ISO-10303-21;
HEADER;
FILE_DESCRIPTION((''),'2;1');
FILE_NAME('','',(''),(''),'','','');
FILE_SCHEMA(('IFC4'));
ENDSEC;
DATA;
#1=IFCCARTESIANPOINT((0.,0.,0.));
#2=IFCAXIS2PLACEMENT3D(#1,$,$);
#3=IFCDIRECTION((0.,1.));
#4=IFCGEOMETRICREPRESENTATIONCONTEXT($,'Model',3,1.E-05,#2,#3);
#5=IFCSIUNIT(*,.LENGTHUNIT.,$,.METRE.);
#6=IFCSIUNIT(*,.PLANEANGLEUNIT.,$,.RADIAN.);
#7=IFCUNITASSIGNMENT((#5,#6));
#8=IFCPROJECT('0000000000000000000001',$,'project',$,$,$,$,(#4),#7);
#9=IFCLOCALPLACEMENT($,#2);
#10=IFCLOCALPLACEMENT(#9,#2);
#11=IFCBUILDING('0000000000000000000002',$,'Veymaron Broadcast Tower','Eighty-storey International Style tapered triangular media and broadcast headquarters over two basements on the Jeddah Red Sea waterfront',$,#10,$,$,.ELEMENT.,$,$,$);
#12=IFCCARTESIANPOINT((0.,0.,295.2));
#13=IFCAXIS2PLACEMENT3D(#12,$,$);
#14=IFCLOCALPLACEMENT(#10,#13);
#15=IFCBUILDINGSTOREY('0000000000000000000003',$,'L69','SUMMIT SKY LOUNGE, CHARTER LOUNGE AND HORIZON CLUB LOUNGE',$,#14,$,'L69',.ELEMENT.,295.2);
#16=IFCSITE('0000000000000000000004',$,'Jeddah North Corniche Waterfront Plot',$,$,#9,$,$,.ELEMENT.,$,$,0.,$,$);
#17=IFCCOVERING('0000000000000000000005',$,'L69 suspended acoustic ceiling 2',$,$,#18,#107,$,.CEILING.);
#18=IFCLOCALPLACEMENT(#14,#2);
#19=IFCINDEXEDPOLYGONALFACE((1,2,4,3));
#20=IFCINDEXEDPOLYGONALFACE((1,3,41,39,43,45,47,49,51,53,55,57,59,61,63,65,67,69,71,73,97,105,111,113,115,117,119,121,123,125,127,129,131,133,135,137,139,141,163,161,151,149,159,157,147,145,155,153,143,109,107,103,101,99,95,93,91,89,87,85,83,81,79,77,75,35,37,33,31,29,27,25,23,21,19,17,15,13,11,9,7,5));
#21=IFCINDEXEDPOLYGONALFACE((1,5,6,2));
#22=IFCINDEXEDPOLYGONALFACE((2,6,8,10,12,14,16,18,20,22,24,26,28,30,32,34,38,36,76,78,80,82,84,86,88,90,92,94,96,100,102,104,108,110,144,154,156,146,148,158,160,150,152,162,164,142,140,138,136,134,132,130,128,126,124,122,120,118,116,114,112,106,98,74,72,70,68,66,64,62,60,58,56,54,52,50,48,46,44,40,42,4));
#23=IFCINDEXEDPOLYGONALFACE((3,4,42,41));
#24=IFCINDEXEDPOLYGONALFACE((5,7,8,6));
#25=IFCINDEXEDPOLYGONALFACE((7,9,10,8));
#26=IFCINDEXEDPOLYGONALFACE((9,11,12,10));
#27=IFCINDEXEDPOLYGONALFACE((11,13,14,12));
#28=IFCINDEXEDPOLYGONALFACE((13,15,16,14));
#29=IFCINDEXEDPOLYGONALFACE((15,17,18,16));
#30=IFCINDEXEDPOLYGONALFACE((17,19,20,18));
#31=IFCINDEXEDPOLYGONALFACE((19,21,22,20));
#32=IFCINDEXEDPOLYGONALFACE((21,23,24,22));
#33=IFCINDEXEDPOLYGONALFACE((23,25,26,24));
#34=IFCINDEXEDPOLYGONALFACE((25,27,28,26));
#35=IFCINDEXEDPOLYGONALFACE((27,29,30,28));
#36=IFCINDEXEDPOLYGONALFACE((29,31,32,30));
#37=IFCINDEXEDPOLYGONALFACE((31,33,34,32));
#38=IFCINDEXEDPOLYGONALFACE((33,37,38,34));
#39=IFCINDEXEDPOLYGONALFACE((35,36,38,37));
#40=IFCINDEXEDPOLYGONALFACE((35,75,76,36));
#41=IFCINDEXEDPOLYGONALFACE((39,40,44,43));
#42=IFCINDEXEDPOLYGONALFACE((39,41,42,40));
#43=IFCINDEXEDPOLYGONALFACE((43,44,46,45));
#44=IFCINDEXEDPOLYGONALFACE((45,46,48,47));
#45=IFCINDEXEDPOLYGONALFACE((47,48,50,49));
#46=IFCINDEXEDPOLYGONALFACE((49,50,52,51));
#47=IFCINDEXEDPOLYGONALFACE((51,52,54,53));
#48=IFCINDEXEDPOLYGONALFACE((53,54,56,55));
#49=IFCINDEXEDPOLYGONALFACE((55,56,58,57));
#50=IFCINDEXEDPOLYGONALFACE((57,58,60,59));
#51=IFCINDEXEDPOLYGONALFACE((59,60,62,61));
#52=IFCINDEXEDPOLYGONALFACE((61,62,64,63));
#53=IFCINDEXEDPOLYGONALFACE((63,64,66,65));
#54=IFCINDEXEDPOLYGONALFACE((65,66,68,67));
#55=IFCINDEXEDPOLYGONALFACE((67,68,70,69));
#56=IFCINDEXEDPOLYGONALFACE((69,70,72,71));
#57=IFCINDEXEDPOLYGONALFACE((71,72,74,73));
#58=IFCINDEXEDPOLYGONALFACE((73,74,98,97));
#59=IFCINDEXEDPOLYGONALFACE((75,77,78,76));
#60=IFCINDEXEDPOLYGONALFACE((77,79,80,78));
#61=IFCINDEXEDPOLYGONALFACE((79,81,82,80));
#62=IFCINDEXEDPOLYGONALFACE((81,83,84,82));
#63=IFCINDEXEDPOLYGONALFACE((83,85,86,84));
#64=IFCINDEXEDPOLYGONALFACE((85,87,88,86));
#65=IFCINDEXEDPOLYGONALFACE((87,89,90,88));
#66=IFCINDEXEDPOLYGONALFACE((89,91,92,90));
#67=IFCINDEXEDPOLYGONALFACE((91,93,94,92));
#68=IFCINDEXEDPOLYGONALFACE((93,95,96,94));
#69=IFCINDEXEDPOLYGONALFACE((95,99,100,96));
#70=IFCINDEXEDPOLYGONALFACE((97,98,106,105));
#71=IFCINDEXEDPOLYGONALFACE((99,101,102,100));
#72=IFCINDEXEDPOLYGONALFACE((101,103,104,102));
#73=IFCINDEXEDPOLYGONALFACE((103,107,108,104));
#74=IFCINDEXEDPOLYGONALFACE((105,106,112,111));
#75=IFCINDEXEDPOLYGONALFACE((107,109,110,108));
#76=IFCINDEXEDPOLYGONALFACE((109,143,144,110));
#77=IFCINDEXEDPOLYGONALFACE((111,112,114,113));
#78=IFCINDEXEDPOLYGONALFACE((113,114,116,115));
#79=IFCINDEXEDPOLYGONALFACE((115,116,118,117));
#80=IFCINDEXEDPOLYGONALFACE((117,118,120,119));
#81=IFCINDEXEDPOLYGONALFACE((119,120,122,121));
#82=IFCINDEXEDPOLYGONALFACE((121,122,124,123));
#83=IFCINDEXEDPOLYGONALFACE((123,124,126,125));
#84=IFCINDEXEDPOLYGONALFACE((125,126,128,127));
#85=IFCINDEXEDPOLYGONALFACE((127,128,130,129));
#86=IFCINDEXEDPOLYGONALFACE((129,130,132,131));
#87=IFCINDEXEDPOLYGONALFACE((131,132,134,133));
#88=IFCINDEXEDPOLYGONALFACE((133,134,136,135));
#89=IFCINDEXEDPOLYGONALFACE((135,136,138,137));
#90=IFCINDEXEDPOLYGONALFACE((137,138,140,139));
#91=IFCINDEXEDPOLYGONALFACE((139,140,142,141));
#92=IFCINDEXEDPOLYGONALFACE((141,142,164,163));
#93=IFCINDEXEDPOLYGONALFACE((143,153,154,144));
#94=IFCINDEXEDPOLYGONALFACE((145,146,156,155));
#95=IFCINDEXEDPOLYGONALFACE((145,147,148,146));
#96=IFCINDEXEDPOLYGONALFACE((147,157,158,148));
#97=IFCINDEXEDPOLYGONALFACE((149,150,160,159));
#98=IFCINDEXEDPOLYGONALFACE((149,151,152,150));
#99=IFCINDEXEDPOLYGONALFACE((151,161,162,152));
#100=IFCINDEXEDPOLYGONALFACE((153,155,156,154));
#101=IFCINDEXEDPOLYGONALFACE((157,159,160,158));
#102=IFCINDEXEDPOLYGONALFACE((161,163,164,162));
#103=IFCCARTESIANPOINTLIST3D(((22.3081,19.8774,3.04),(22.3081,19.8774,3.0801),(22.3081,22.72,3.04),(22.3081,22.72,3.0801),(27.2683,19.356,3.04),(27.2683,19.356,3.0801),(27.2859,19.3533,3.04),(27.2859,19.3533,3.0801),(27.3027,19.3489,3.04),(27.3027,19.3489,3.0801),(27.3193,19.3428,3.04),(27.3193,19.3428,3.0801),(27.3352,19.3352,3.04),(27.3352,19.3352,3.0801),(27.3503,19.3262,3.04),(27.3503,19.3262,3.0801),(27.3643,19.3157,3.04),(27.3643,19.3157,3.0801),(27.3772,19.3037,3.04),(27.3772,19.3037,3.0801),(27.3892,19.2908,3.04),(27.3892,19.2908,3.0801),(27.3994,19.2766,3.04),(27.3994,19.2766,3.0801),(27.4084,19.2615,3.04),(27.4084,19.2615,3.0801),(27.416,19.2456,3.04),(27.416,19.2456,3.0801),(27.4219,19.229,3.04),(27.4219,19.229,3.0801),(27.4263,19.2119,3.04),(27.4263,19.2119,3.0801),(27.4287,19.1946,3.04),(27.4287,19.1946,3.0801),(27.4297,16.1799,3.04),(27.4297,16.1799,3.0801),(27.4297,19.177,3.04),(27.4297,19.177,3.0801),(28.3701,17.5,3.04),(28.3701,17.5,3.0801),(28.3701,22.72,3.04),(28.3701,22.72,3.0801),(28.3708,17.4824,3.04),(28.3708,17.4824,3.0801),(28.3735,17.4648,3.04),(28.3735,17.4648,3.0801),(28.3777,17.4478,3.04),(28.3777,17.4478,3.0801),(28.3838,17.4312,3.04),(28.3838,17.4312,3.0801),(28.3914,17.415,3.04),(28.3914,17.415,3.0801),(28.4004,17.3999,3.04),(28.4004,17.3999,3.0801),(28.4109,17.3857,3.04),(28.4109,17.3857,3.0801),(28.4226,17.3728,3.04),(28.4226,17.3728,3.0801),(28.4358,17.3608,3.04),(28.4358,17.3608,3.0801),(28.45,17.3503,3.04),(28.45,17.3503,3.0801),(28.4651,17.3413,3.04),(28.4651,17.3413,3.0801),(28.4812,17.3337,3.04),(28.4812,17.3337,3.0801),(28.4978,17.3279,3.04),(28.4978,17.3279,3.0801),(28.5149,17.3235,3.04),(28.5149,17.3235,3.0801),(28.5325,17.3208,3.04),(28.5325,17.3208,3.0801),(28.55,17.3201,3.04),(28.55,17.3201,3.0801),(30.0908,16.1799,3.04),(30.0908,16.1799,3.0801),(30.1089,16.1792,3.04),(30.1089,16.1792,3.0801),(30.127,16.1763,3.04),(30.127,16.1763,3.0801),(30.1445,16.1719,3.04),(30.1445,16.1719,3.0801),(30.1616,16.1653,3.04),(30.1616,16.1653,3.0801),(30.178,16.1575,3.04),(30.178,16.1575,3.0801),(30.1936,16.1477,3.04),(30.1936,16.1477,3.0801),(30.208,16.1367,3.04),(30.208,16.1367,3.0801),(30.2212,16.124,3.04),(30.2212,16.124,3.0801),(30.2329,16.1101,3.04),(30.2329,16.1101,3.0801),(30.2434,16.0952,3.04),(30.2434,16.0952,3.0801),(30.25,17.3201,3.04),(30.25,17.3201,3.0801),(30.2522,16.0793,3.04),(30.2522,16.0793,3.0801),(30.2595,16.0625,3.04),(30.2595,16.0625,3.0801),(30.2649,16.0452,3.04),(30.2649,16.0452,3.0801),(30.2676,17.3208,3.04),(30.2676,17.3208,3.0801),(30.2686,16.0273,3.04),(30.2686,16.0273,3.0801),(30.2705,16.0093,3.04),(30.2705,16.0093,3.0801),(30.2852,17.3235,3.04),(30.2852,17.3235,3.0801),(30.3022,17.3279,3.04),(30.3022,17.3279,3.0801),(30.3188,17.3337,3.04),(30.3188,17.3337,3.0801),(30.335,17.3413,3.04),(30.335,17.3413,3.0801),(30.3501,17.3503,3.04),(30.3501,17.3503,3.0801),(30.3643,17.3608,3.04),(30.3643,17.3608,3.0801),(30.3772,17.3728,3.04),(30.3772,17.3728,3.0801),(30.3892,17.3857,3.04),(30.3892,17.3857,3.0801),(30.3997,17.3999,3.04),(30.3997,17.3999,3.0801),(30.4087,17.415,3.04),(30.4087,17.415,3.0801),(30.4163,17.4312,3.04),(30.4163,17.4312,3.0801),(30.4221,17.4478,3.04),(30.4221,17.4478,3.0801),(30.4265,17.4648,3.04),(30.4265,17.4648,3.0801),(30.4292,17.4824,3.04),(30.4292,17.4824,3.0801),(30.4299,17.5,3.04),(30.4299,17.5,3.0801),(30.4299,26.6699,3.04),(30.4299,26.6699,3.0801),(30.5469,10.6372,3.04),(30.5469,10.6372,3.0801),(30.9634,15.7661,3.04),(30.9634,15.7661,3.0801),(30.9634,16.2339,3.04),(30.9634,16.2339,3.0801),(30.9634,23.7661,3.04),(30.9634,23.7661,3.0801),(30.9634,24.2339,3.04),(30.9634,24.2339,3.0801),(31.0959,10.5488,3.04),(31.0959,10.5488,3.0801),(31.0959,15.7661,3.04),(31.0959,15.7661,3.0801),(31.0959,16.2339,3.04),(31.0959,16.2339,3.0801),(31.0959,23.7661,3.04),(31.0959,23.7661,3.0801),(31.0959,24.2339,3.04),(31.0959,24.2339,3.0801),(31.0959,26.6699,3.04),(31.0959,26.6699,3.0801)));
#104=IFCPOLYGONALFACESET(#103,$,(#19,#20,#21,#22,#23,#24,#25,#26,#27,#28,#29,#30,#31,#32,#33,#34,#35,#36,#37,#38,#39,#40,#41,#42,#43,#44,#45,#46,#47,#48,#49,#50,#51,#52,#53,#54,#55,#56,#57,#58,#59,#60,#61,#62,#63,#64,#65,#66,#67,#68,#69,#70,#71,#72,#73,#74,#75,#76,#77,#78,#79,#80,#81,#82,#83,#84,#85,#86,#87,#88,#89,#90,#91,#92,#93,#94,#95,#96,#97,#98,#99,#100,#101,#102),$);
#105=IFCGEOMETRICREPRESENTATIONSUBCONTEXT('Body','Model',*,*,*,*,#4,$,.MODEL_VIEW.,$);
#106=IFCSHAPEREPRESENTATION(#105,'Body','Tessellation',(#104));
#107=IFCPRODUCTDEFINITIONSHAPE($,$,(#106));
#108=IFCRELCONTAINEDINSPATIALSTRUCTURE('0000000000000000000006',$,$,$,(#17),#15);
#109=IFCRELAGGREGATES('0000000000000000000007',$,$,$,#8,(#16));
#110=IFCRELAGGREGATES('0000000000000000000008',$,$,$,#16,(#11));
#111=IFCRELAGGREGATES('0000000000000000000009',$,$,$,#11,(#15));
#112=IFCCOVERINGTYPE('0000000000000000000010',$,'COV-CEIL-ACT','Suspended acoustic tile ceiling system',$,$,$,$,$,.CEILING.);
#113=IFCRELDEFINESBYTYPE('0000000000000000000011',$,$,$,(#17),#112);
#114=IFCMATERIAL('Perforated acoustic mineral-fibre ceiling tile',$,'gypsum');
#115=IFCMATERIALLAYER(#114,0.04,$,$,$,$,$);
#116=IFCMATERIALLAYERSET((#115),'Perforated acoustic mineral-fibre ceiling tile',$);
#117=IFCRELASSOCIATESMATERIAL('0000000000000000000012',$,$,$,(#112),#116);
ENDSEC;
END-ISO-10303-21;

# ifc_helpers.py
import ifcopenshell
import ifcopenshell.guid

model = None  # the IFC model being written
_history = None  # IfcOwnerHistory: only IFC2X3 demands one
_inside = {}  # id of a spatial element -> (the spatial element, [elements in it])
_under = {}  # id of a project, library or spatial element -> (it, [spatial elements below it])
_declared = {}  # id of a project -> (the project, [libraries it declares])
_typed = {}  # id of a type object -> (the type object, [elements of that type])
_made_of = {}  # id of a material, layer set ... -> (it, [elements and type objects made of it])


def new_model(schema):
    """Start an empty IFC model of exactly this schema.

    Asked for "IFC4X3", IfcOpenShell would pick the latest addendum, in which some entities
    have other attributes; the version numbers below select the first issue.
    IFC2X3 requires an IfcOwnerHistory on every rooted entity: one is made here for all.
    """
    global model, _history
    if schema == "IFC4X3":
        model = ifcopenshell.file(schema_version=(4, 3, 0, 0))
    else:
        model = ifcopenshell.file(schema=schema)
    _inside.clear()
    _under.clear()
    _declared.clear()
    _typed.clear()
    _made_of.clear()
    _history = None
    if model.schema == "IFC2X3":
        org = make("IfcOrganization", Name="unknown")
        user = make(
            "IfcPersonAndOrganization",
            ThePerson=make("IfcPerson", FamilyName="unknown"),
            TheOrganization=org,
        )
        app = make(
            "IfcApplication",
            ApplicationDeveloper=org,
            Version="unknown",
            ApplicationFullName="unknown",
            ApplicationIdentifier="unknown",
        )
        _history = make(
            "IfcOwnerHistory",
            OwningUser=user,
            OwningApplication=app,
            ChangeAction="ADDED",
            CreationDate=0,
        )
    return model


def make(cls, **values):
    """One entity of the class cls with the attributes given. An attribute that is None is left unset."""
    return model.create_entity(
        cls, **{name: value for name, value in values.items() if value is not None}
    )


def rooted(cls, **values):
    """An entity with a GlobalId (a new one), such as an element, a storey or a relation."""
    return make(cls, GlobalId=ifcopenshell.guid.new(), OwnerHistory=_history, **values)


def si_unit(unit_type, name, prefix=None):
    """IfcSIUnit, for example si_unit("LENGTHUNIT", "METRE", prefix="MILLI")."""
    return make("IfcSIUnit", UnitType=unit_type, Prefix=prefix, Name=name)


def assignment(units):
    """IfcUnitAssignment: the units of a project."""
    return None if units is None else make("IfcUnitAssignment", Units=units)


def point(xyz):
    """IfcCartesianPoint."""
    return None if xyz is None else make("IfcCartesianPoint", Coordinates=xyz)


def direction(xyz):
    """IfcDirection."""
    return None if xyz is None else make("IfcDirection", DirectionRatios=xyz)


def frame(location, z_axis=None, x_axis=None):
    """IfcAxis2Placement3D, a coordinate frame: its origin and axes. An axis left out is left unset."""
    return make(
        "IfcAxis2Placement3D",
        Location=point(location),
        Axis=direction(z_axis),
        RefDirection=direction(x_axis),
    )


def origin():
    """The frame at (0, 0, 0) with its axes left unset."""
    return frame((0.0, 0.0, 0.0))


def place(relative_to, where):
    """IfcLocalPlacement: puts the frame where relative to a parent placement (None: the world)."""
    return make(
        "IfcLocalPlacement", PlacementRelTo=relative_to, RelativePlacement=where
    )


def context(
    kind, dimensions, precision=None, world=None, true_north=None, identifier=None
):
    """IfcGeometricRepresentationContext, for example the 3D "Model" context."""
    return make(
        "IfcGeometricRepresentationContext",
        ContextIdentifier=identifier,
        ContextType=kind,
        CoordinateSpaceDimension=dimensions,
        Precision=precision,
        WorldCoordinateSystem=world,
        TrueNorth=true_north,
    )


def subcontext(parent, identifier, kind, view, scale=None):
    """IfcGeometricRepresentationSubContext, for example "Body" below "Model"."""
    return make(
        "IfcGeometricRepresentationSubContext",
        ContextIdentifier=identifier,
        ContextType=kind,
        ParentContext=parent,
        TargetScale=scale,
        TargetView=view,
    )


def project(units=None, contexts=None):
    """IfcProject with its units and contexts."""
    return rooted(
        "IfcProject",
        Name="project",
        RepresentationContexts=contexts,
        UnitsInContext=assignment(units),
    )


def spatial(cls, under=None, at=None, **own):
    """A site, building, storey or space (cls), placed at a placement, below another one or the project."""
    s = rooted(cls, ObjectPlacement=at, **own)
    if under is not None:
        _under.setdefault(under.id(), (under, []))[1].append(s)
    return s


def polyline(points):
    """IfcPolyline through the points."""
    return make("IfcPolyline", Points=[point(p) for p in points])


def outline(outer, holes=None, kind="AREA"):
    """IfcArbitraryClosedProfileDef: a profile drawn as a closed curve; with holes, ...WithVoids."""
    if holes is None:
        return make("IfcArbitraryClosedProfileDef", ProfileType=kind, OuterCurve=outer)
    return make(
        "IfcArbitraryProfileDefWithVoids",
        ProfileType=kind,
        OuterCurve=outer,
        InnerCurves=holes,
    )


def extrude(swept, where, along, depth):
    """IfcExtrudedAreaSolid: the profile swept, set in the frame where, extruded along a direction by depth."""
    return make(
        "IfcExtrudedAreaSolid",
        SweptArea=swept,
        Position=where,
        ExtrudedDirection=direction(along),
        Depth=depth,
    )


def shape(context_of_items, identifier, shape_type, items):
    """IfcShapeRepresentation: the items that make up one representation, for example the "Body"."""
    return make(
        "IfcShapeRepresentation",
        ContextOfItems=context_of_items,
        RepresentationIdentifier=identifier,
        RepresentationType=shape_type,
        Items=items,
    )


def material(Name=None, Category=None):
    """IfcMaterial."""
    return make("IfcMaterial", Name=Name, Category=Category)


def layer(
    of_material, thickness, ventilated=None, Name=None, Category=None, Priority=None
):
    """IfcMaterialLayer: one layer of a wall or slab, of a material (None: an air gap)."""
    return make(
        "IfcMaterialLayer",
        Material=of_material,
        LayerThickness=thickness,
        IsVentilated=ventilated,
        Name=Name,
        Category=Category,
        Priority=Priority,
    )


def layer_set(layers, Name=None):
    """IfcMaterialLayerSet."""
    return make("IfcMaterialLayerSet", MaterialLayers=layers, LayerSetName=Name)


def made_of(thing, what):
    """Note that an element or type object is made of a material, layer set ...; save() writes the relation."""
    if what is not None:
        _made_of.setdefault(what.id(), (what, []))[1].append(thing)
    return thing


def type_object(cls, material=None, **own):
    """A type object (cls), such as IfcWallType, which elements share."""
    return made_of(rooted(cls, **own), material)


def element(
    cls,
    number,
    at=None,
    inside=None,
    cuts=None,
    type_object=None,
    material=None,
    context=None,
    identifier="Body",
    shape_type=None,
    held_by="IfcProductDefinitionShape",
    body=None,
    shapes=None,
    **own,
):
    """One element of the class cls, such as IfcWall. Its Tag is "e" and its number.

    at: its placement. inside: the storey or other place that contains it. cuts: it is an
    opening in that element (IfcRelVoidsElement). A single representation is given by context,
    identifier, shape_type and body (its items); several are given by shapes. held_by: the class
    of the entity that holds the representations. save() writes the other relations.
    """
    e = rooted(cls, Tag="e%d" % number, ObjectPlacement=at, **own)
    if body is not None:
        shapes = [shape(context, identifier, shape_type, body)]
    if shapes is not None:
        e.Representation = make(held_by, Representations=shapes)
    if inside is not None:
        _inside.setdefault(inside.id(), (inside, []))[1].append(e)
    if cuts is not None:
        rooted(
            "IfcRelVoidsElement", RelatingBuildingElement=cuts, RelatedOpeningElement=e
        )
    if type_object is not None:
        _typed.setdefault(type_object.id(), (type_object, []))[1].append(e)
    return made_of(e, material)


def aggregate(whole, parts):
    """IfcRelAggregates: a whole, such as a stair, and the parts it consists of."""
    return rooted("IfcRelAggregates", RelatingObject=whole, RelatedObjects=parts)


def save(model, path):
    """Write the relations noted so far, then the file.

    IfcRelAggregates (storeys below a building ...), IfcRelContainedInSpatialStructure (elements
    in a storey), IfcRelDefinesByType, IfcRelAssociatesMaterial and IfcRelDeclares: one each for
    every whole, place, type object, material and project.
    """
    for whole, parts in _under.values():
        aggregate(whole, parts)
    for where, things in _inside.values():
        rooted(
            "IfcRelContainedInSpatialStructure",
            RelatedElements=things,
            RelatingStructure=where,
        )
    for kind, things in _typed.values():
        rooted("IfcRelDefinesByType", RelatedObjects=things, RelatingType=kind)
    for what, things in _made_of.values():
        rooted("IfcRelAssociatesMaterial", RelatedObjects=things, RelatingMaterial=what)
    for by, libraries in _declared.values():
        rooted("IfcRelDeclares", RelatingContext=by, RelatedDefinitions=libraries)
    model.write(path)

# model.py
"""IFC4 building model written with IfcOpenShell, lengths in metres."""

from ifc_helpers import new_model, si_unit, direction, frame, origin, place, context, subcontext, project, spatial, polyline, outline, extrude, material, layer, layer_set, type_object, element, save


model = new_model("IFC4")

# Units and contexts
model_context = context("Model", 3, precision=1e-05, world=origin(), true_north=direction((0.0, 1.0)))
body_context = subcontext(model_context, "Body", "Model", "MODEL_VIEW")
ifc_project = project(units=[si_unit("LENGTHUNIT", "METRE"), si_unit("PLANEANGLEUNIT", "RADIAN")], contexts=[model_context])

# Site, building, storey
site_placement = place(None, origin())
site = spatial("IfcSite", under=ifc_project, at=site_placement, Name="Jeddah North Corniche Waterfront Plot", CompositionType="ELEMENT", RefElevation=0.0)
building_placement = place(site_placement, origin())
building = spatial("IfcBuilding", under=site, at=building_placement, Name="Veymaron Broadcast Tower", Description="Eighty-storey International Style tapered triangular media and broadcast headquarters over two basements on the Jeddah Red Sea waterfront", CompositionType="ELEMENT")
storey_placement = place(building_placement, frame((0.0, 0.0, 295.2)))
storey = spatial("IfcBuildingStorey", under=building, at=storey_placement, Name="L69", Description="SUMMIT SKY LOUNGE, CHARTER LOUNGE AND HORIZON CLUB LOUNGE", LongName="L69", CompositionType="ELEMENT", Elevation=295.2)

# Covering
ifc_material_1 = material(Name="Perforated acoustic mineral-fibre ceiling tile", Category="gypsum")
ifc_layer_1 = layer(ifc_material_1, 0.04)
ifc_layer_set_1 = layer_set([ifc_layer_1], Name="Perforated acoustic mineral-fibre ceiling tile")
covering_type_1 = type_object("IfcCoveringType", Name="COV-CEIL-ACT", Description="Suspended acoustic tile ceiling system", PredefinedType="CEILING", material=ifc_layer_set_1)
covering_1_placement = place(storey_placement, frame((0.0, 0.0, 3.04)))
element("IfcCovering", 1, at=covering_1_placement, inside=storey, type_object=covering_type_1, Name="L69 suspended acoustic ceiling 2", PredefinedType="CEILING", context=body_context, shape_type="SweptSolid", body=[
    extrude(outline(polyline([(30.127, 16.1763), (30.1089, 16.1792), (30.0908, 16.1799), (27.4297, 16.1799), (27.4297, 19.177), (27.4287, 19.1946), (27.4263, 19.2119), (27.4219, 19.229), (27.416, 19.2456), (27.4084, 19.2615), (27.3994, 19.2766), (27.3892, 19.2908), (27.3772, 19.3037), (27.3643, 19.3157), (27.3503, 19.3262), (27.3352, 19.3352), (27.3193, 19.3428), (27.3027, 19.3489), (27.2859, 19.3533), (27.2683, 19.356), (22.3081, 19.8774), (22.3081, 22.72), (28.3701, 22.72), (28.3701, 17.5), (28.3708, 17.4824), (28.3735, 17.4648), (28.3777, 17.4478), (28.3838, 17.4312), (28.3914, 17.415), (28.4004, 17.3999), (28.4109, 17.3857), (28.4226, 17.3728), (28.4358, 17.3608), (28.45, 17.3503), (28.4651, 17.3413), (28.4812, 17.3337), (28.4978, 17.3279), (28.5149, 17.3235), (28.5325, 17.3208), (28.55, 17.3201), (30.25, 17.3201), (30.2676, 17.3208), (30.2852, 17.3235), (30.3022, 17.3279), (30.3188, 17.3337), (30.335, 17.3413), (30.3501, 17.3503), (30.3643, 17.3608), (30.3772, 17.3728), (30.3892, 17.3857), (30.3997, 17.3999), (30.4087, 17.415), (30.4163, 17.4312), (30.4221, 17.4478), (30.4265, 17.4648), (30.4292, 17.4824), (30.4299, 17.5), (30.4299, 26.6699), (31.0959, 26.6699), (31.0959, 24.2339), (30.9634, 24.2339), (30.9634, 23.7661), (31.0959, 23.7661), (31.0959, 16.2339), (30.9634, 16.2339), (30.9634, 15.7661), (31.0959, 15.7661), (31.0959, 10.5488), (30.5469, 10.6372), (30.2705, 16.0093), (30.2686, 16.0273), (30.2649, 16.0452), (30.2595, 16.0625), (30.2522, 16.0793), (30.2434, 16.0952), (30.2329, 16.1101), (30.2212, 16.124), (30.208, 16.1367), (30.1936, 16.1477), (30.178, 16.1575), (30.1616, 16.1653), (30.1445, 16.1719), (30.127, 16.1763)])), origin(), (0.0, 0.0, 1.0), 0.04),
])

save(model, "model.ifc")
